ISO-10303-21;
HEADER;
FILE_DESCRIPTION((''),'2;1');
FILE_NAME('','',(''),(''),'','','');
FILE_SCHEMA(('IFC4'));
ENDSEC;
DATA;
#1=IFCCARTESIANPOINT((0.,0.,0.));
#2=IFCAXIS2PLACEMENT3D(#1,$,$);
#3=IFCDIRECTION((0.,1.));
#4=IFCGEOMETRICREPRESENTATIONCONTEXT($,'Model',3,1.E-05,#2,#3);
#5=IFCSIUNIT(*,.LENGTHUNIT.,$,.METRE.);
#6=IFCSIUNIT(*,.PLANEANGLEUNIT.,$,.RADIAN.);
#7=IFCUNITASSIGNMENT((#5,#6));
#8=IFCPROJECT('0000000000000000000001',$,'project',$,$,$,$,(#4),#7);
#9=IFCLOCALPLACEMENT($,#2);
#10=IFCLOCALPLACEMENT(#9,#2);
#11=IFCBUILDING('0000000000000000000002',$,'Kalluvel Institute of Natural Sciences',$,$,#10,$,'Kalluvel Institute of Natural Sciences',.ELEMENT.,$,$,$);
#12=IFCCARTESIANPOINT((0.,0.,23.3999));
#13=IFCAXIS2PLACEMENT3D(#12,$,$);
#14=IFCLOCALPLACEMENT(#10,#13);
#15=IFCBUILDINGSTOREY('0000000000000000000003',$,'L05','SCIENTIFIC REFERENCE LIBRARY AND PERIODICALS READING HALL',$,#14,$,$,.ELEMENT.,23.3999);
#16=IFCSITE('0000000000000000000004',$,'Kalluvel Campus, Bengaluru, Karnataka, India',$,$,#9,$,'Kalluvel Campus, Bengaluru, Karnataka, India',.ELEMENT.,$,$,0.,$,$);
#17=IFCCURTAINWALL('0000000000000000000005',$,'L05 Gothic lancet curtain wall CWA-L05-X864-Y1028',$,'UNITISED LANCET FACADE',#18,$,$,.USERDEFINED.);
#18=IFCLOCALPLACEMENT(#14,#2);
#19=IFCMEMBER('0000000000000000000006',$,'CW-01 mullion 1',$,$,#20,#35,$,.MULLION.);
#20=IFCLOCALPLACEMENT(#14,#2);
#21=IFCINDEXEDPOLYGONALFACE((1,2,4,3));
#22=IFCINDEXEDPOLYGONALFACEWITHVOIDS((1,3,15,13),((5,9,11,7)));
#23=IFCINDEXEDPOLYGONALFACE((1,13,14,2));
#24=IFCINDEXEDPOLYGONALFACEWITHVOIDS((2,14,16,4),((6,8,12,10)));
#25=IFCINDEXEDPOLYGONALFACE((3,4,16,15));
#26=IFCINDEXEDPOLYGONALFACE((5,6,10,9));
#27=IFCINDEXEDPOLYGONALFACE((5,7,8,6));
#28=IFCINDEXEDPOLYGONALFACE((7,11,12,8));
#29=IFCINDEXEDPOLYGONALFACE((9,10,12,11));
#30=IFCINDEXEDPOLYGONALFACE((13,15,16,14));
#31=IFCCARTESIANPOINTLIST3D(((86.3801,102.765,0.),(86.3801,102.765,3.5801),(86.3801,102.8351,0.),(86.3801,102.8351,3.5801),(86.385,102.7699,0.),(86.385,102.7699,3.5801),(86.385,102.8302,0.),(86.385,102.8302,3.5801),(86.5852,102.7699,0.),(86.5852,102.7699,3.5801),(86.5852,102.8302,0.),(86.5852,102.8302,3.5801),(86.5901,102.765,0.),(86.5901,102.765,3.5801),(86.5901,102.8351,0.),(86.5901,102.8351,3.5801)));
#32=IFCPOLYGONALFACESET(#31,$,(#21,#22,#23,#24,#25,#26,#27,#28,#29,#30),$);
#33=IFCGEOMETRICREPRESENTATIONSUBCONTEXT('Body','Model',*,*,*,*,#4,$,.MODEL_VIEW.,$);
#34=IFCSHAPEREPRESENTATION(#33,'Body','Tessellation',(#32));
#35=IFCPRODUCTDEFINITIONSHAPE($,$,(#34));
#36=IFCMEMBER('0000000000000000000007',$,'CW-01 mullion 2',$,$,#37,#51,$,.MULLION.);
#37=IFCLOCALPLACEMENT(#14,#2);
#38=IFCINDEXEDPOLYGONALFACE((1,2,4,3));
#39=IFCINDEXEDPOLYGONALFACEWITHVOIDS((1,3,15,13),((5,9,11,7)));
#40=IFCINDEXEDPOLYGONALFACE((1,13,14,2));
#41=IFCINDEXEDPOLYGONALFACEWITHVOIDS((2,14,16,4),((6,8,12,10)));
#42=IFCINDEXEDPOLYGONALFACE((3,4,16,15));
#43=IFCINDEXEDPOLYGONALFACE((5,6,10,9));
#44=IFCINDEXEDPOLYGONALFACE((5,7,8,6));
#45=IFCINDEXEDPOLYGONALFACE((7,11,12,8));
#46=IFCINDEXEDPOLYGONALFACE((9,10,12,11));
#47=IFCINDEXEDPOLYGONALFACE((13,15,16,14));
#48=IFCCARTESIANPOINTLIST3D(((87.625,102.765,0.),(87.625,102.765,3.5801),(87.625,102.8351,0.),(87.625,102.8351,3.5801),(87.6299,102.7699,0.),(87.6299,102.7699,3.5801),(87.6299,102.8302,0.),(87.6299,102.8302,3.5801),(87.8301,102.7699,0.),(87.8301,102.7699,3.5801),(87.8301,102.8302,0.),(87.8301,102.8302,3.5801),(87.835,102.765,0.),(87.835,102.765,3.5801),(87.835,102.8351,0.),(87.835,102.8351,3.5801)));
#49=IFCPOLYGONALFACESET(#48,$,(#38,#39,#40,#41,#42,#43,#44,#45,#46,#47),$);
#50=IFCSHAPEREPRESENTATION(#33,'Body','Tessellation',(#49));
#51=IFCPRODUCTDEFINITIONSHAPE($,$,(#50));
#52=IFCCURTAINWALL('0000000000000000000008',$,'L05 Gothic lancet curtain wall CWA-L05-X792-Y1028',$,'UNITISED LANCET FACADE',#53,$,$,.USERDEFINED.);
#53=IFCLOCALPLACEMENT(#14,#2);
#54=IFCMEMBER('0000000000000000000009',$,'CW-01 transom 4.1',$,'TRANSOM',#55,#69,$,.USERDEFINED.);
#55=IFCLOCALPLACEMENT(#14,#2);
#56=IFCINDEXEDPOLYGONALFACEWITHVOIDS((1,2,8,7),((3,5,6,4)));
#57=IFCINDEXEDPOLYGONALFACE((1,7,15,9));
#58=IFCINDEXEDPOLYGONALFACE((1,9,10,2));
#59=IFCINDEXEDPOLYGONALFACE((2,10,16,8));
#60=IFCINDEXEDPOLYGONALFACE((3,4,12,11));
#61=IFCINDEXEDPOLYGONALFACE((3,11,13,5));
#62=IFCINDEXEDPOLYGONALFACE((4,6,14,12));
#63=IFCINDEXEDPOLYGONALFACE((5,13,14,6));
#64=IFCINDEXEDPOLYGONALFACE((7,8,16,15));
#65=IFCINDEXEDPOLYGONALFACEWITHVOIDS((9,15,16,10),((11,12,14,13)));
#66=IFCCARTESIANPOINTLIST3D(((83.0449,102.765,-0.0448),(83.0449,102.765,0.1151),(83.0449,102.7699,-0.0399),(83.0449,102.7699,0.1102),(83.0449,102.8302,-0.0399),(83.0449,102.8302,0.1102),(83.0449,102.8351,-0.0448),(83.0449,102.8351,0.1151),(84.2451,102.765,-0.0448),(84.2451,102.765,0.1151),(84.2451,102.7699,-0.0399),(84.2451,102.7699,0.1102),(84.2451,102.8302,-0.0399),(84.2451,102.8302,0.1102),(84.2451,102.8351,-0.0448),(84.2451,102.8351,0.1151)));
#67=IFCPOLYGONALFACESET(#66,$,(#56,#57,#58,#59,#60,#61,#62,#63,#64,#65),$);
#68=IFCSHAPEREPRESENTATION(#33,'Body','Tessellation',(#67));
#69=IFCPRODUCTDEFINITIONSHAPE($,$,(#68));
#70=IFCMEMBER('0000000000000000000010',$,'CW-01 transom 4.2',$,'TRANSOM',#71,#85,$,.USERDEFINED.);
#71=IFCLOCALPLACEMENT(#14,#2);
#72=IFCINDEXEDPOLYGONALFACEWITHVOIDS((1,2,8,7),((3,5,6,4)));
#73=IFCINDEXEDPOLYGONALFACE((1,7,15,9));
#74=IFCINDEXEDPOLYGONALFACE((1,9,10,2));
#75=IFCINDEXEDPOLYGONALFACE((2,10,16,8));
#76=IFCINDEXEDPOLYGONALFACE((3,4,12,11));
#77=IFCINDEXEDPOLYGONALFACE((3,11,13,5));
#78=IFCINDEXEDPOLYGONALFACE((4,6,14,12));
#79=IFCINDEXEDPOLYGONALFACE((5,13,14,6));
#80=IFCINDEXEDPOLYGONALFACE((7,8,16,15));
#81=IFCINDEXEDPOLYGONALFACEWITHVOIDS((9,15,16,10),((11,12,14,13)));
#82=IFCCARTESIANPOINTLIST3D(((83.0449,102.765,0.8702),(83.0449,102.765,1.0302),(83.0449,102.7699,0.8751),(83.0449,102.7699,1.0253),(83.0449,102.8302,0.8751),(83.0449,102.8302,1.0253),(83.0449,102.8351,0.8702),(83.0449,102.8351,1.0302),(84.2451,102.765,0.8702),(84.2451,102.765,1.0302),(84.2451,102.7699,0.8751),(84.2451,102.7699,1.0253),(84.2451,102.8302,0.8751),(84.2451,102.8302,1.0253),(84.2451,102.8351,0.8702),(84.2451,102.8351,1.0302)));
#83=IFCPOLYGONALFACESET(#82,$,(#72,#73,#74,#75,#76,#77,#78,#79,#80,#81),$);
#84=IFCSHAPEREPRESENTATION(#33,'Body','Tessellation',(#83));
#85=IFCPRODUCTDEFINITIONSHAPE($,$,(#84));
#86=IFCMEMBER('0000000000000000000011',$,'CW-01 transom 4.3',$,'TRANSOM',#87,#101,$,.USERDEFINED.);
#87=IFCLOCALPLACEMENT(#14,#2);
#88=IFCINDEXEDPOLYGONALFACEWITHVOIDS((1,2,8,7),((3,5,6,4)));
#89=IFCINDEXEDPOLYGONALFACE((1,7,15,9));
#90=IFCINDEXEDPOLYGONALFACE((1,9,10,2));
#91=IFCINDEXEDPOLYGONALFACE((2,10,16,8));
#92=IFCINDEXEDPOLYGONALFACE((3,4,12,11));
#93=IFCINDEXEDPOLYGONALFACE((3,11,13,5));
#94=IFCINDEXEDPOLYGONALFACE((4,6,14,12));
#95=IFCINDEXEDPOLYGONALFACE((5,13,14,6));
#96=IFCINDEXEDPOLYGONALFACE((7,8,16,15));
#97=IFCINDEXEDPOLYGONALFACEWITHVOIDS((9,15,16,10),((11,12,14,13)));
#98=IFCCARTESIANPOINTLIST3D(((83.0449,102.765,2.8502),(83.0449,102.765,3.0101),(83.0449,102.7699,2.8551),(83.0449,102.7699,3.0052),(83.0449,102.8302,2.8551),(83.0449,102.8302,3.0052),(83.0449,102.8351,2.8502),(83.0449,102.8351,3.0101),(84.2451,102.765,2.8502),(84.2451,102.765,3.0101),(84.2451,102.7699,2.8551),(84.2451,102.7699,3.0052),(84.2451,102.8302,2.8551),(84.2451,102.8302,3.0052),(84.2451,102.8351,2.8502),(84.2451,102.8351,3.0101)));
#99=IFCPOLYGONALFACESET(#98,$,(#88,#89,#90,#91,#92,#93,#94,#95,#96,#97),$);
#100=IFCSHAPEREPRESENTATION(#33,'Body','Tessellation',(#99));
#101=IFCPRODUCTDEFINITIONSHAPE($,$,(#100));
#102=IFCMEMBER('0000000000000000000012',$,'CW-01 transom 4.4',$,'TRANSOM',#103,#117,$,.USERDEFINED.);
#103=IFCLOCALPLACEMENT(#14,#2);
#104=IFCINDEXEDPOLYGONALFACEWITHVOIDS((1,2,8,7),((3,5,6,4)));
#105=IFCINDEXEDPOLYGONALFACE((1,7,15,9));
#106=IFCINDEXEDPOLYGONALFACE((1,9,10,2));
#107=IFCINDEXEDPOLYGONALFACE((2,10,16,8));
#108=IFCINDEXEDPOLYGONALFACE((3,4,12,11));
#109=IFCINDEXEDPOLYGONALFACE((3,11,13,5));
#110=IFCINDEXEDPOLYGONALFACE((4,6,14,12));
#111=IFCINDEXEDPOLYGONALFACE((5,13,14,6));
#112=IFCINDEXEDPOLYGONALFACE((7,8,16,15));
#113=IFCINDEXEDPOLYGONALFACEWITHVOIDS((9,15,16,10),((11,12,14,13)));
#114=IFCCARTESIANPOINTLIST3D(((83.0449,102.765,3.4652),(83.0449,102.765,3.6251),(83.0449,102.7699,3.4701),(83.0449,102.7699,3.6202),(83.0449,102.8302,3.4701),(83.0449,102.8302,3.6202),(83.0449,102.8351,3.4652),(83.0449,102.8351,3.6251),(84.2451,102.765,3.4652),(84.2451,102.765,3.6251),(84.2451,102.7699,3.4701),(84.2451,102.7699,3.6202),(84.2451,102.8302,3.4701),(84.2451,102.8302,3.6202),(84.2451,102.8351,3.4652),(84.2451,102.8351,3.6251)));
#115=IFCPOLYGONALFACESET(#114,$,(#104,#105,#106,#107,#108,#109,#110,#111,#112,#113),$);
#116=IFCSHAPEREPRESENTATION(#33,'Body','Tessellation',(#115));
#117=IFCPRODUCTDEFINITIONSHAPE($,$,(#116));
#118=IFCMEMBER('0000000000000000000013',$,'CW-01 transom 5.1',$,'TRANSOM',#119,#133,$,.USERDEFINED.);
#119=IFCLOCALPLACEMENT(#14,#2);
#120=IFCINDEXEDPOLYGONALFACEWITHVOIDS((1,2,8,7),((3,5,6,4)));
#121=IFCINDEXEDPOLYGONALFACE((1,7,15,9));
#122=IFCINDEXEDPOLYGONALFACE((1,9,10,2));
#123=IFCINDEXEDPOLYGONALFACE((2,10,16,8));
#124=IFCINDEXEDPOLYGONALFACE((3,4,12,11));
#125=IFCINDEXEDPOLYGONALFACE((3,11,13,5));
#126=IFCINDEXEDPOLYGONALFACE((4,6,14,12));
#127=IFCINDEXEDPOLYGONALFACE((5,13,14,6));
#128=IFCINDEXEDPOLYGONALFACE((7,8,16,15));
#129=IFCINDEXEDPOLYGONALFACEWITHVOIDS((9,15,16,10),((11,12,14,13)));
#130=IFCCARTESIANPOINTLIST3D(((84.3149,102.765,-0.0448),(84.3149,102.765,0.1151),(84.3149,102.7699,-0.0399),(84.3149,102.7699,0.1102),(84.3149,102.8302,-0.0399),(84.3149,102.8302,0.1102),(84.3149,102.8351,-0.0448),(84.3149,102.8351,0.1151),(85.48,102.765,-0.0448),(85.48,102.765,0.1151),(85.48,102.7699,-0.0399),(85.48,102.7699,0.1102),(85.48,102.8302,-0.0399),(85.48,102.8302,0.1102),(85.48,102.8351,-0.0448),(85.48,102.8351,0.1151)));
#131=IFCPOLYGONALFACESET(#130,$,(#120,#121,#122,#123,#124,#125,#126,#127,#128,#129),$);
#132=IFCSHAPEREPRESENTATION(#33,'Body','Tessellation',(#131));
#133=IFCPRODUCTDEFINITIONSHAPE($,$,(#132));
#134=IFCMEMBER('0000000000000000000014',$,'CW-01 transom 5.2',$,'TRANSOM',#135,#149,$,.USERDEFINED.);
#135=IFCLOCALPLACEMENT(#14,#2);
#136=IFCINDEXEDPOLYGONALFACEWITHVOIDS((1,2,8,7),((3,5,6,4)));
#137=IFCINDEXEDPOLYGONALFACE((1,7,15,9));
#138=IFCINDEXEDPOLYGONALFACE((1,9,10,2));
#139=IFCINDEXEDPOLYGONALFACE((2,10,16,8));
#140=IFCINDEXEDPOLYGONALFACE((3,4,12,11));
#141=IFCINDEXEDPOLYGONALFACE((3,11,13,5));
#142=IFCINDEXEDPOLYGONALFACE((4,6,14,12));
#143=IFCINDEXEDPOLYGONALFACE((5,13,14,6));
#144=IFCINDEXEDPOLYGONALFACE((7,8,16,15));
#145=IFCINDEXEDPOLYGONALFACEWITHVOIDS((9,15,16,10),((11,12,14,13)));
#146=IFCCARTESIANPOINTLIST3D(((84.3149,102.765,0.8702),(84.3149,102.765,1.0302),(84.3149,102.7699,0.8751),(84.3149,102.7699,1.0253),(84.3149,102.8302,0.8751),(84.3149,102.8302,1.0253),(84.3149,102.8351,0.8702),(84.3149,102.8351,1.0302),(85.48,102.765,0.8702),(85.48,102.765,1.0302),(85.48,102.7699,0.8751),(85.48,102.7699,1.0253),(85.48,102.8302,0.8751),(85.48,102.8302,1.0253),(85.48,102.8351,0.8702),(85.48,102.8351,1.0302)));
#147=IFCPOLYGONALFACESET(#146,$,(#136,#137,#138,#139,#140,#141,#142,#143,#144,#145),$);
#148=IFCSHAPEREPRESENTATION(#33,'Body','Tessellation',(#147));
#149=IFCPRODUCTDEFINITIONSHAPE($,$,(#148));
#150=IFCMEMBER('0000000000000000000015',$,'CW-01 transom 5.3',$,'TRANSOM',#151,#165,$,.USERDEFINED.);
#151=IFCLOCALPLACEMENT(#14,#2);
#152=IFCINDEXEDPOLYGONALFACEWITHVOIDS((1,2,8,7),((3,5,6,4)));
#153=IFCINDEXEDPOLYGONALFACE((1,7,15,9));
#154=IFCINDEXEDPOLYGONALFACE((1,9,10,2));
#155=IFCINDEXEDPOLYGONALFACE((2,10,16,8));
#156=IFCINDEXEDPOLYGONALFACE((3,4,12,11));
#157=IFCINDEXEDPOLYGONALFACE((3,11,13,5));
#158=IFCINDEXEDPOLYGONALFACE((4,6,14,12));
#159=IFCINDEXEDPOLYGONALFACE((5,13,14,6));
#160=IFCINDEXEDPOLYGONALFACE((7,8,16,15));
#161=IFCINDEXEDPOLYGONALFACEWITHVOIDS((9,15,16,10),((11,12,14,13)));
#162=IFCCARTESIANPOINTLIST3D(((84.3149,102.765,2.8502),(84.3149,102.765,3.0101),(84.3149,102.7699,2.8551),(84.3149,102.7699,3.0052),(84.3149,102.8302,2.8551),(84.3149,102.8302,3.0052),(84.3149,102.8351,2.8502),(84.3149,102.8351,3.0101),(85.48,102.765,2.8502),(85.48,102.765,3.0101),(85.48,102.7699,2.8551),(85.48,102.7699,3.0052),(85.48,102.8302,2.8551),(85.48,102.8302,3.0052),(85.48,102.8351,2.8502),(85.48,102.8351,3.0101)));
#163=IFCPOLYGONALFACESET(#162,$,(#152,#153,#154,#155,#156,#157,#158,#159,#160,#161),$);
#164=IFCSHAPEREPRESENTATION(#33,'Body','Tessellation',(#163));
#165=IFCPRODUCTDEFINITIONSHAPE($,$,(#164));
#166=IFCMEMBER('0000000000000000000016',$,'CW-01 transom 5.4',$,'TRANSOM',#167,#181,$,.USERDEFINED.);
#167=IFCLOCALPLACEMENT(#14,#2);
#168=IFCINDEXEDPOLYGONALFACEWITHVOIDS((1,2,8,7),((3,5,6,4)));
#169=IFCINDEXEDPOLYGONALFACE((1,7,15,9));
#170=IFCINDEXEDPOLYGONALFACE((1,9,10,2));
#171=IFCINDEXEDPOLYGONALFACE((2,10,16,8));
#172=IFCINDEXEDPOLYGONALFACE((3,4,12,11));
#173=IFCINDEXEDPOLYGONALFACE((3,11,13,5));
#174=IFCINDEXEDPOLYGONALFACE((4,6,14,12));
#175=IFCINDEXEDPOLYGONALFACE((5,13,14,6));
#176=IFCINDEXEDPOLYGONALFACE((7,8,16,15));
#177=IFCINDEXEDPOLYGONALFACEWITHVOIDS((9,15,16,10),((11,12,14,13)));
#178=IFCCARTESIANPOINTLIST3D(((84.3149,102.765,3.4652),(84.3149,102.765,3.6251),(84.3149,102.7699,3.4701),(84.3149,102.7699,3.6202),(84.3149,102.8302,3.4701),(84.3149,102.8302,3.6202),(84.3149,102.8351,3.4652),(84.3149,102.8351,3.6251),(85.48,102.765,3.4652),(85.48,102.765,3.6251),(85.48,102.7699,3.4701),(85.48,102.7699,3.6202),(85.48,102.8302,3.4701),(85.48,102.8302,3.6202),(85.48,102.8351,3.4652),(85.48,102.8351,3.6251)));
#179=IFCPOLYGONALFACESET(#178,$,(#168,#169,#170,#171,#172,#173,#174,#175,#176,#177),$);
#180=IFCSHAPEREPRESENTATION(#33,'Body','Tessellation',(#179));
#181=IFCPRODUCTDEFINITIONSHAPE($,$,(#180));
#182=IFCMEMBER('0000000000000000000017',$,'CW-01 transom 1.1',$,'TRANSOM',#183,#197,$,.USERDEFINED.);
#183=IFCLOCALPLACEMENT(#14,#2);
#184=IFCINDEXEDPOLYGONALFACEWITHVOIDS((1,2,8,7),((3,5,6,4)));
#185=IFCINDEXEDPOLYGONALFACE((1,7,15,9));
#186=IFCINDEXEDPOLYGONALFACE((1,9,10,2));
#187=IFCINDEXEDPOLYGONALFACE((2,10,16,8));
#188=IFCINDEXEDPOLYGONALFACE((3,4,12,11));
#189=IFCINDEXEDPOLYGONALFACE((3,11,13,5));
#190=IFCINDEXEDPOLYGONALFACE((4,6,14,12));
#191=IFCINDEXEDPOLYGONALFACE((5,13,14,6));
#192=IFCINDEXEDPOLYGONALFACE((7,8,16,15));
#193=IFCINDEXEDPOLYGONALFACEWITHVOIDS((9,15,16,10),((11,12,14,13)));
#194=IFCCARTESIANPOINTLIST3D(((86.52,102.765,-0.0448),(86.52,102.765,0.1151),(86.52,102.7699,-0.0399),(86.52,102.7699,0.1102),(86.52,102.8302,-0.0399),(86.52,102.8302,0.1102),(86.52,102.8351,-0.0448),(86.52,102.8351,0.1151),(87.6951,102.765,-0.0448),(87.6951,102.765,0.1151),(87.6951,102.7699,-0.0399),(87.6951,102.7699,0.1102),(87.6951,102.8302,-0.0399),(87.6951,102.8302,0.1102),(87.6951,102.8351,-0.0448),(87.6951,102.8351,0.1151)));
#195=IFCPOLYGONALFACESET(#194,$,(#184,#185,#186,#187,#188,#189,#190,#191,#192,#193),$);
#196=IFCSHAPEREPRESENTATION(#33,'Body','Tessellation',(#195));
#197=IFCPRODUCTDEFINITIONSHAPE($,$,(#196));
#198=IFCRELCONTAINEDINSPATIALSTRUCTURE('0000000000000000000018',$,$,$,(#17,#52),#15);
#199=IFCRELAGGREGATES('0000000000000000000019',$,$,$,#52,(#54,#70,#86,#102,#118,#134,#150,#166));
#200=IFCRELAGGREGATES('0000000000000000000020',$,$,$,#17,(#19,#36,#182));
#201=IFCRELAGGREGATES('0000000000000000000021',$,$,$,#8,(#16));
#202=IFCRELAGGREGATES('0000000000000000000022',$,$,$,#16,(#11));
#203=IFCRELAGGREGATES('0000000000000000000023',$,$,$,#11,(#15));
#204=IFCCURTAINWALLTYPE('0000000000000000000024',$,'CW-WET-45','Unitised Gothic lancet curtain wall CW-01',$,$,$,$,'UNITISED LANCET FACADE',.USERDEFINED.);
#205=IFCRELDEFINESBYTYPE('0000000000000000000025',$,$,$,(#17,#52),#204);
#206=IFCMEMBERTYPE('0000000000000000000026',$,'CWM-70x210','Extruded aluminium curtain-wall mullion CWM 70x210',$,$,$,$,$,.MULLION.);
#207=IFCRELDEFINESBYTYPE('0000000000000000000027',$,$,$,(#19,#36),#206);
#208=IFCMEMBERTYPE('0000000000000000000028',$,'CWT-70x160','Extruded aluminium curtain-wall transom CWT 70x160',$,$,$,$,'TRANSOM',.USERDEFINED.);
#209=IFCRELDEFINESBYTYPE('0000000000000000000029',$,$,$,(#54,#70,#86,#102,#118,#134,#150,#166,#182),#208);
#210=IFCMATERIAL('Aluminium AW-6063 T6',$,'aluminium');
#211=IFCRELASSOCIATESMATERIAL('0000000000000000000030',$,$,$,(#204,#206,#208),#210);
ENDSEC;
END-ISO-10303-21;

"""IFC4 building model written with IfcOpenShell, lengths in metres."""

from ifc_helpers import new_model, si_unit, direction, frame, origin, origin_2d, place, context, subcontext, project, spatial, hollow_rectangle, extrude, material, material_profile, profile_set, type_object, element, aggregate, save


model = new_model("IFC4")

# Units and contexts
model_context = context("Model", 3, precision=1e-05, world=origin(), true_north=direction((0.0, 1.0)))
body_context = subcontext(model_context, "Body", "Model", "MODEL_VIEW")
ifc_project = project(units=[si_unit("LENGTHUNIT", "METRE"), si_unit("PLANEANGLEUNIT", "RADIAN")], contexts=[model_context])

# Site, building, storey
site_placement = place(None, origin())
site = spatial("IfcSite", under=ifc_project, at=site_placement, Name="Kalluvel Campus, Bengaluru, Karnataka, India", LongName="Kalluvel Campus, Bengaluru, Karnataka, India", CompositionType="ELEMENT", RefElevation=0.0)
building_placement = place(site_placement, origin())
building = spatial("IfcBuilding", under=site, at=building_placement, Name="Kalluvel Institute of Natural Sciences", LongName="Kalluvel Institute of Natural Sciences", CompositionType="ELEMENT")
storey_placement = place(building_placement, frame((0.0, 0.0, 23.3999)))
storey = spatial("IfcBuildingStorey", under=building, at=storey_placement, Name="L05", Description="SCIENTIFIC REFERENCE LIBRARY AND PERIODICALS READING HALL", CompositionType="ELEMENT", Elevation=23.3999)

# Curtain walls, members
ifc_material_1 = material(Name="Aluminium AW-6063 T6", Category="aluminium")
curtain_wall_type = type_object("IfcCurtainWallType", Name="CW-WET-45", Description="Unitised Gothic lancet curtain wall CW-01", ElementType="UNITISED LANCET FACADE", PredefinedType="USERDEFINED", material=ifc_material_1)
curtain_wall_1_placement = place(storey_placement, origin())
curtain_wall_1 = element("IfcCurtainWall", 1, at=curtain_wall_1_placement, inside=storey, type_object=curtain_wall_type, Name="L05 Gothic lancet curtain wall CWA-L05-X864-Y1028", ObjectType="UNITISED LANCET FACADE", PredefinedType="USERDEFINED")
ifc_material_profile_1 = material_profile(ifc_material_1, hollow_rectangle(XDim=0.0701, YDim=0.21, WallThickness=0.0049, at=origin_2d()), Name="CWM 70x210")
ifc_profile_set_1 = profile_set([ifc_material_profile_1], Name="Aluminium AW-6063 T6")
member_type_1 = type_object("IfcMemberType", Name="CWM-70x210", Description="Extruded aluminium curtain-wall mullion CWM 70x210", PredefinedType="MULLION", material=ifc_profile_set_1)
member_1_placement = place(storey_placement, frame((86.4851, 102.8, 0.0), z_axis=(0.0, 0.0, 1.0), x_axis=(0.0, 1.0, 0.0)))
member_1 = element("IfcMember", 2, at=member_1_placement, type_object=member_type_1, Name="CW-01 mullion 1", PredefinedType="MULLION", context=body_context, shape_type="SweptSolid", body=[
    extrude(hollow_rectangle(XDim=0.0701, YDim=0.21, WallThickness=0.0049, at=origin_2d()), origin(), (0.0, 0.0, 1.0), 3.5801),
])
member_2_placement = place(storey_placement, frame((87.73, 102.8, 0.0), z_axis=(0.0, 0.0, 1.0), x_axis=(0.0, 1.0, 0.0)))
member_2 = element("IfcMember", 3, at=member_2_placement, type_object=member_type_1, Name="CW-01 mullion 2", PredefinedType="MULLION", context=body_context, shape_type="SweptSolid", body=[
    extrude(hollow_rectangle(XDim=0.0701, YDim=0.21, WallThickness=0.0049, at=origin_2d()), origin(), (0.0, 0.0, 1.0), 3.5801),
])
curtain_wall_2_placement = place(storey_placement, origin())
curtain_wall_2 = element("IfcCurtainWall", 4, at=curtain_wall_2_placement, inside=storey, type_object=curtain_wall_type, Name="L05 Gothic lancet curtain wall CWA-L05-X792-Y1028", ObjectType="UNITISED LANCET FACADE", PredefinedType="USERDEFINED")
ifc_material_profile_2 = material_profile(ifc_material_1, hollow_rectangle(XDim=0.0701, YDim=0.1599, WallThickness=0.0049, at=origin_2d()), Name="CWT 70x160")
ifc_profile_set_2 = profile_set([ifc_material_profile_2], Name="Aluminium AW-6063 T6")
member_type_2 = type_object("IfcMemberType", Name="CWT-70x160", Description="Extruded aluminium curtain-wall transom CWT 70x160", ElementType="TRANSOM", PredefinedType="USERDEFINED", material=ifc_profile_set_2)
member_3_placement = place(storey_placement, frame((83.0449, 102.8, 0.0352), z_axis=(1.0, 0.0, 0.0), x_axis=(0.0, 1.0, 0.0)))
member_3 = element("IfcMember", 5, at=member_3_placement, type_object=member_type_2, Name="CW-01 transom 4.1", ObjectType="TRANSOM", PredefinedType="USERDEFINED", context=body_context, shape_type="SweptSolid", body=[
    extrude(hollow_rectangle(XDim=0.0701, YDim=0.1599, WallThickness=0.0049, at=origin_2d()), origin(), (0.0, 0.0, 1.0), 1.2002),
])
member_4_placement = place(storey_placement, frame((83.0449, 102.8, 0.9502), z_axis=(1.0, 0.0, 0.0), x_axis=(0.0, 1.0, 0.0)))
member_4 = element("IfcMember", 6, at=member_4_placement, type_object=member_type_2, Name="CW-01 transom 4.2", ObjectType="TRANSOM", PredefinedType="USERDEFINED", context=body_context, shape_type="SweptSolid", body=[
    extrude(hollow_rectangle(XDim=0.0701, YDim=0.1599, WallThickness=0.0049, at=origin_2d()), origin(), (0.0, 0.0, 1.0), 1.2002),
])
member_5_placement = place(storey_placement, frame((83.0449, 102.8, 2.9302), z_axis=(1.0, 0.0, 0.0), x_axis=(0.0, 1.0, 0.0)))
member_5 = element("IfcMember", 7, at=member_5_placement, type_object=member_type_2, Name="CW-01 transom 4.3", ObjectType="TRANSOM", PredefinedType="USERDEFINED", context=body_context, shape_type="SweptSolid", body=[
    extrude(hollow_rectangle(XDim=0.0701, YDim=0.1599, WallThickness=0.0049, at=origin_2d()), origin(), (0.0, 0.0, 1.0), 1.2002),
])
member_6_placement = place(storey_placement, frame((83.0449, 102.8, 3.5452), z_axis=(1.0, 0.0, 0.0), x_axis=(0.0, 1.0, 0.0)))
member_6 = element("IfcMember", 8, at=member_6_placement, type_object=member_type_2, Name="CW-01 transom 4.4", ObjectType="TRANSOM", PredefinedType="USERDEFINED", context=body_context, shape_type="SweptSolid", body=[
    extrude(hollow_rectangle(XDim=0.0701, YDim=0.1599, WallThickness=0.0049, at=origin_2d()), origin(), (0.0, 0.0, 1.0), 1.2002),
])
member_7_placement = place(storey_placement, frame((84.3149, 102.8, 0.0352), z_axis=(1.0, 0.0, 0.0), x_axis=(0.0, 1.0, 0.0)))
member_7 = element("IfcMember", 9, at=member_7_placement, type_object=member_type_2, Name="CW-01 transom 5.1", ObjectType="TRANSOM", PredefinedType="USERDEFINED", context=body_context, shape_type="SweptSolid", body=[
    extrude(hollow_rectangle(XDim=0.0701, YDim=0.1599, WallThickness=0.0049, at=origin_2d()), origin(), (0.0, 0.0, 1.0), 1.165),
])
member_8_placement = place(storey_placement, frame((84.3149, 102.8, 0.9502), z_axis=(1.0, 0.0, 0.0), x_axis=(0.0, 1.0, 0.0)))
member_8 = element("IfcMember", 10, at=member_8_placement, type_object=member_type_2, Name="CW-01 transom 5.2", ObjectType="TRANSOM", PredefinedType="USERDEFINED", context=body_context, shape_type="SweptSolid", body=[
    extrude(hollow_rectangle(XDim=0.0701, YDim=0.1599, WallThickness=0.0049, at=origin_2d()), origin(), (0.0, 0.0, 1.0), 1.165),
])
member_9_placement = place(storey_placement, frame((84.3149, 102.8, 2.9302), z_axis=(1.0, 0.0, 0.0), x_axis=(0.0, 1.0, 0.0)))
member_9 = element("IfcMember", 11, at=member_9_placement, type_object=member_type_2, Name="CW-01 transom 5.3", ObjectType="TRANSOM", PredefinedType="USERDEFINED", context=body_context, shape_type="SweptSolid", body=[
    extrude(hollow_rectangle(XDim=0.0701, YDim=0.1599, WallThickness=0.0049, at=origin_2d()), origin(), (0.0, 0.0, 1.0), 1.165),
])
member_10_placement = place(storey_placement, frame((84.3149, 102.8, 3.5452), z_axis=(1.0, 0.0, 0.0), x_axis=(0.0, 1.0, 0.0)))
member_10 = element("IfcMember", 12, at=member_10_placement, type_object=member_type_2, Name="CW-01 transom 5.4", ObjectType="TRANSOM", PredefinedType="USERDEFINED", context=body_context, shape_type="SweptSolid", body=[
    extrude(hollow_rectangle(XDim=0.0701, YDim=0.1599, WallThickness=0.0049, at=origin_2d()), origin(), (0.0, 0.0, 1.0), 1.165),
])

# Member
member_11_placement = place(storey_placement, frame((86.52, 102.8, 0.0352), z_axis=(1.0, 0.0, 0.0), x_axis=(0.0, 1.0, 0.0)))
member_11 = element("IfcMember", 13, at=member_11_placement, type_object=member_type_2, Name="CW-01 transom 1.1", ObjectType="TRANSOM", PredefinedType="USERDEFINED", context=body_context, shape_type="SweptSolid", body=[
    extrude(hollow_rectangle(XDim=0.0701, YDim=0.1599, WallThickness=0.0049, at=origin_2d()), origin(), (0.0, 0.0, 1.0), 1.175),
])

aggregate(curtain_wall_2, [member_3, member_4, member_5, member_6, member_7, member_8, member_9, member_10])
aggregate(curtain_wall_1, [member_1, member_2, member_11])

save(model, "model.ifc")
